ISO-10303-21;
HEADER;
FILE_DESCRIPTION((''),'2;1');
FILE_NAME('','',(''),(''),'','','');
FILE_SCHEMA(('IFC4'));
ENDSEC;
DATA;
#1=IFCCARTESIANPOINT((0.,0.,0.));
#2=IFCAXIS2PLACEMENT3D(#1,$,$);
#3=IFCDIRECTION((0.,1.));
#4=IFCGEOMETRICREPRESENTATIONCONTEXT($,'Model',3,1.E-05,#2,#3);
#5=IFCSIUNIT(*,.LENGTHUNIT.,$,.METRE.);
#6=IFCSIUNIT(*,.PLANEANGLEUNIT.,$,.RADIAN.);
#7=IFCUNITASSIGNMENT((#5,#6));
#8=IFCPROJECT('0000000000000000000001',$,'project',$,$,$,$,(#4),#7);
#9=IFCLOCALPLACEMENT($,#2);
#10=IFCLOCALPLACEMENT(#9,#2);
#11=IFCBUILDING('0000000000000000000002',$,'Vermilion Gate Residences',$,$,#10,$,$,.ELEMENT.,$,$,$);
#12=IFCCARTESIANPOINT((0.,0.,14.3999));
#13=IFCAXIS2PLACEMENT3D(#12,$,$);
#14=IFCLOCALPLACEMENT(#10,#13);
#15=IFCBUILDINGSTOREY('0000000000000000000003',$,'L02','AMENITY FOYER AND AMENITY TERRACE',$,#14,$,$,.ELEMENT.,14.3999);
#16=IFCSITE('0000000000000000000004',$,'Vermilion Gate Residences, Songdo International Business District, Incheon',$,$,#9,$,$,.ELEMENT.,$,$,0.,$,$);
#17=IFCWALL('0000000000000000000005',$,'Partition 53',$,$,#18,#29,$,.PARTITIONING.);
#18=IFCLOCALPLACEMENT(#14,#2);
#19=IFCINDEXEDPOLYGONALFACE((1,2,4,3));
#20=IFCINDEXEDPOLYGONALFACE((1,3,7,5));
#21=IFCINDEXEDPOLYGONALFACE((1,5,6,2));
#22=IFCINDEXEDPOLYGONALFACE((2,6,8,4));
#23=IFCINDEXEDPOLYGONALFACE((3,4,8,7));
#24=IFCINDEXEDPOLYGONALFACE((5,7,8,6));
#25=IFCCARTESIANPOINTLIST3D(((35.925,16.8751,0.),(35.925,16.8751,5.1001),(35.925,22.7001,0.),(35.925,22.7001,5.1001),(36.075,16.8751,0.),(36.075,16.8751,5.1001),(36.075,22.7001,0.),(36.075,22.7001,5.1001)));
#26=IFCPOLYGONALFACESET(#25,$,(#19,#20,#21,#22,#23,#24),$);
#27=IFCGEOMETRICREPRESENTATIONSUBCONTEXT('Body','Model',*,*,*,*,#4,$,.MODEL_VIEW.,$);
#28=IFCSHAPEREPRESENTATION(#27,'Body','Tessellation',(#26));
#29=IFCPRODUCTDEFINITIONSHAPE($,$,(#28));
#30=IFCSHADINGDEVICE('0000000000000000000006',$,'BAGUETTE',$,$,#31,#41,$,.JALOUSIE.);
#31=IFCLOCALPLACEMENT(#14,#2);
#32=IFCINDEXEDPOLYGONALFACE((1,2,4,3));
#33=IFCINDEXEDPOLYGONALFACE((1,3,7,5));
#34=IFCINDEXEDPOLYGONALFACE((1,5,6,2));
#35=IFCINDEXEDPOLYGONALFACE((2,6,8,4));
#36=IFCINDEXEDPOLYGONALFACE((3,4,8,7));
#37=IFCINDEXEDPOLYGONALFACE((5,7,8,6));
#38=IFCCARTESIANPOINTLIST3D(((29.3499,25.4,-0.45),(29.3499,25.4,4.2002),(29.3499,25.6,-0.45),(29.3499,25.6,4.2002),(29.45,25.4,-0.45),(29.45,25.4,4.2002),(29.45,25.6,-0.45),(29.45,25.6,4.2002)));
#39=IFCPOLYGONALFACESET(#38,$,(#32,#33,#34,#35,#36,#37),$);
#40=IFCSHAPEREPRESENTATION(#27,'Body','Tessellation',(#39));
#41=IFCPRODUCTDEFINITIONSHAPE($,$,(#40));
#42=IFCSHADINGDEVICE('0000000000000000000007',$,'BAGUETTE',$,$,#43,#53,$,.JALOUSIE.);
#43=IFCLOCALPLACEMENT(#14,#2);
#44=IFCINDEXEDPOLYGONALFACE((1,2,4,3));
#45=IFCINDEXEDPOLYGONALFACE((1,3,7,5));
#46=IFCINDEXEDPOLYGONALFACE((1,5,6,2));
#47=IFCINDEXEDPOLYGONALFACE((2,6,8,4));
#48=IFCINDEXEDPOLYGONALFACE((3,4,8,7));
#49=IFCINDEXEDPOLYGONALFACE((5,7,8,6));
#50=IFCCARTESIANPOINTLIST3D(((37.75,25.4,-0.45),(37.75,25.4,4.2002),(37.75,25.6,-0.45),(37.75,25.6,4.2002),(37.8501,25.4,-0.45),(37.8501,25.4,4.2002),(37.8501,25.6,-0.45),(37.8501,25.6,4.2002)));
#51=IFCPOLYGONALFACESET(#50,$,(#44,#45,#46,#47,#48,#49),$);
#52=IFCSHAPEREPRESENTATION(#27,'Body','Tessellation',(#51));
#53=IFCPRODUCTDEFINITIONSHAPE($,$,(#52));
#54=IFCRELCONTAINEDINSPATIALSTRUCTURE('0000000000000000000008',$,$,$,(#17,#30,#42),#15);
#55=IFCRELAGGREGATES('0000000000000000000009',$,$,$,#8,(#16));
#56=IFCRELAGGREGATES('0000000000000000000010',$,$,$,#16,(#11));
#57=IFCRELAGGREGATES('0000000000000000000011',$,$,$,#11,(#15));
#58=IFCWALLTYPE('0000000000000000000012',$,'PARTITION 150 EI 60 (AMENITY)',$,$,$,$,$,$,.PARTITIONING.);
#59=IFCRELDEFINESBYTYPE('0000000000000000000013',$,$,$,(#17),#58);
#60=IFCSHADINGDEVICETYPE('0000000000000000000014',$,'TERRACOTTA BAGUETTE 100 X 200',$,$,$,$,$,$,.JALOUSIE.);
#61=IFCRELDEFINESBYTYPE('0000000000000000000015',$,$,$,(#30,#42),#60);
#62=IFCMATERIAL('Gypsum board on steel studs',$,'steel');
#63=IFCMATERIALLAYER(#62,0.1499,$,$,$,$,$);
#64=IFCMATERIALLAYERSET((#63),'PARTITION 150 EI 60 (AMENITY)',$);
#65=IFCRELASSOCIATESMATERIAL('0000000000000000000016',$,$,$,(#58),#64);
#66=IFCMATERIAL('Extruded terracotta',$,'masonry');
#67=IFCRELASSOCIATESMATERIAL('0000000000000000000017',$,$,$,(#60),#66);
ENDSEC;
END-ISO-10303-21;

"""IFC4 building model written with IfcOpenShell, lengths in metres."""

from ifc_helpers import new_model, si_unit, direction, frame, frame_2d, origin, origin_2d, place, context, subcontext, project, spatial, rectangle, extrude, material, layer, layer_set, material_profile, profile_set, type_object, element, save


model = new_model("IFC4")

# Units and contexts
model_context = context("Model", 3, precision=1e-05, world=origin(), true_north=direction((0.0, 1.0)))
body_context = subcontext(model_context, "Body", "Model", "MODEL_VIEW")
ifc_project = project(units=[si_unit("LENGTHUNIT", "METRE"), si_unit("PLANEANGLEUNIT", "RADIAN")], contexts=[model_context])

# Site, building, storey
site_placement = place(None, origin())
site = spatial("IfcSite", under=ifc_project, at=site_placement, Name="Vermilion Gate Residences, Songdo International Business District, Incheon", CompositionType="ELEMENT", RefElevation=0.0)
building_placement = place(site_placement, origin())
building = spatial("IfcBuilding", under=site, at=building_placement, Name="Vermilion Gate Residences", CompositionType="ELEMENT")
storey_placement = place(building_placement, frame((0.0, 0.0, 14.3999)))
storey = spatial("IfcBuildingStorey", under=building, at=storey_placement, Name="L02", Description="AMENITY FOYER AND AMENITY TERRACE", CompositionType="ELEMENT", Elevation=14.3999)

# Wall
ifc_material_1 = material(Name="Gypsum board on steel studs", Category="steel")
ifc_layer_1 = layer(ifc_material_1, 0.1499)
ifc_layer_set_1 = layer_set([ifc_layer_1], Name="PARTITION 150 EI 60 (AMENITY)")
wall_type_1 = type_object("IfcWallType", Name="PARTITION 150 EI 60 (AMENITY)", PredefinedType="PARTITIONING", material=ifc_layer_set_1)
wall_1_placement = place(storey_placement, frame((36.0, 16.875, 0.0), z_axis=(0.0, 0.0, 1.0), x_axis=(0.0, 1.0, 0.0)))
element("IfcWall", 1, at=wall_1_placement, inside=storey, type_object=wall_type_1, Name="Partition 53", PredefinedType="PARTITIONING", context=body_context, shape_type="SweptSolid", body=[
    extrude(rectangle(XDim=5.825, YDim=0.1499, at=frame_2d((2.9126, 0.0))), origin(), (0.0, 0.0, 1.0), 5.1001),
])

# Shading devices
ifc_material_2 = material(Name="Extruded terracotta", Category="masonry")
ifc_material_profile_1 = material_profile(ifc_material_2, rectangle(XDim=0.2, YDim=0.1001, at=origin_2d()), Name="BAGUETTE 100 X 200")
ifc_profile_set_1 = profile_set([ifc_material_profile_1], Name="Extruded terracotta")
shading_device_type = type_object("IfcShadingDeviceType", Name="TERRACOTTA BAGUETTE 100 X 200", PredefinedType="JALOUSIE", material=ifc_profile_set_1)
for number, where, z_axis, x_axis, name in (
    (2, (29.3999, 25.5, -0.45), (0.0, 0.0, 1.0), (0.0, -1.0, 0.0), "BAGUETTE"),
    (3, (37.8, 25.5, -0.45), (0.0, 0.0, 1.0), (0.0, -1.0, 0.0), "BAGUETTE"),
):
    element("IfcShadingDevice", number, at=place(storey_placement, frame(where, z_axis=z_axis, x_axis=x_axis)), inside=storey, type_object=shading_device_type, Name=name, PredefinedType="JALOUSIE", context=body_context, shape_type="SweptSolid", body=[
        extrude(rectangle(XDim=0.2, YDim=0.1001, at=origin_2d()), origin(), (0.0, 0.0, 1.0), 4.6501),
    ])

save(model, "model.ifc")
